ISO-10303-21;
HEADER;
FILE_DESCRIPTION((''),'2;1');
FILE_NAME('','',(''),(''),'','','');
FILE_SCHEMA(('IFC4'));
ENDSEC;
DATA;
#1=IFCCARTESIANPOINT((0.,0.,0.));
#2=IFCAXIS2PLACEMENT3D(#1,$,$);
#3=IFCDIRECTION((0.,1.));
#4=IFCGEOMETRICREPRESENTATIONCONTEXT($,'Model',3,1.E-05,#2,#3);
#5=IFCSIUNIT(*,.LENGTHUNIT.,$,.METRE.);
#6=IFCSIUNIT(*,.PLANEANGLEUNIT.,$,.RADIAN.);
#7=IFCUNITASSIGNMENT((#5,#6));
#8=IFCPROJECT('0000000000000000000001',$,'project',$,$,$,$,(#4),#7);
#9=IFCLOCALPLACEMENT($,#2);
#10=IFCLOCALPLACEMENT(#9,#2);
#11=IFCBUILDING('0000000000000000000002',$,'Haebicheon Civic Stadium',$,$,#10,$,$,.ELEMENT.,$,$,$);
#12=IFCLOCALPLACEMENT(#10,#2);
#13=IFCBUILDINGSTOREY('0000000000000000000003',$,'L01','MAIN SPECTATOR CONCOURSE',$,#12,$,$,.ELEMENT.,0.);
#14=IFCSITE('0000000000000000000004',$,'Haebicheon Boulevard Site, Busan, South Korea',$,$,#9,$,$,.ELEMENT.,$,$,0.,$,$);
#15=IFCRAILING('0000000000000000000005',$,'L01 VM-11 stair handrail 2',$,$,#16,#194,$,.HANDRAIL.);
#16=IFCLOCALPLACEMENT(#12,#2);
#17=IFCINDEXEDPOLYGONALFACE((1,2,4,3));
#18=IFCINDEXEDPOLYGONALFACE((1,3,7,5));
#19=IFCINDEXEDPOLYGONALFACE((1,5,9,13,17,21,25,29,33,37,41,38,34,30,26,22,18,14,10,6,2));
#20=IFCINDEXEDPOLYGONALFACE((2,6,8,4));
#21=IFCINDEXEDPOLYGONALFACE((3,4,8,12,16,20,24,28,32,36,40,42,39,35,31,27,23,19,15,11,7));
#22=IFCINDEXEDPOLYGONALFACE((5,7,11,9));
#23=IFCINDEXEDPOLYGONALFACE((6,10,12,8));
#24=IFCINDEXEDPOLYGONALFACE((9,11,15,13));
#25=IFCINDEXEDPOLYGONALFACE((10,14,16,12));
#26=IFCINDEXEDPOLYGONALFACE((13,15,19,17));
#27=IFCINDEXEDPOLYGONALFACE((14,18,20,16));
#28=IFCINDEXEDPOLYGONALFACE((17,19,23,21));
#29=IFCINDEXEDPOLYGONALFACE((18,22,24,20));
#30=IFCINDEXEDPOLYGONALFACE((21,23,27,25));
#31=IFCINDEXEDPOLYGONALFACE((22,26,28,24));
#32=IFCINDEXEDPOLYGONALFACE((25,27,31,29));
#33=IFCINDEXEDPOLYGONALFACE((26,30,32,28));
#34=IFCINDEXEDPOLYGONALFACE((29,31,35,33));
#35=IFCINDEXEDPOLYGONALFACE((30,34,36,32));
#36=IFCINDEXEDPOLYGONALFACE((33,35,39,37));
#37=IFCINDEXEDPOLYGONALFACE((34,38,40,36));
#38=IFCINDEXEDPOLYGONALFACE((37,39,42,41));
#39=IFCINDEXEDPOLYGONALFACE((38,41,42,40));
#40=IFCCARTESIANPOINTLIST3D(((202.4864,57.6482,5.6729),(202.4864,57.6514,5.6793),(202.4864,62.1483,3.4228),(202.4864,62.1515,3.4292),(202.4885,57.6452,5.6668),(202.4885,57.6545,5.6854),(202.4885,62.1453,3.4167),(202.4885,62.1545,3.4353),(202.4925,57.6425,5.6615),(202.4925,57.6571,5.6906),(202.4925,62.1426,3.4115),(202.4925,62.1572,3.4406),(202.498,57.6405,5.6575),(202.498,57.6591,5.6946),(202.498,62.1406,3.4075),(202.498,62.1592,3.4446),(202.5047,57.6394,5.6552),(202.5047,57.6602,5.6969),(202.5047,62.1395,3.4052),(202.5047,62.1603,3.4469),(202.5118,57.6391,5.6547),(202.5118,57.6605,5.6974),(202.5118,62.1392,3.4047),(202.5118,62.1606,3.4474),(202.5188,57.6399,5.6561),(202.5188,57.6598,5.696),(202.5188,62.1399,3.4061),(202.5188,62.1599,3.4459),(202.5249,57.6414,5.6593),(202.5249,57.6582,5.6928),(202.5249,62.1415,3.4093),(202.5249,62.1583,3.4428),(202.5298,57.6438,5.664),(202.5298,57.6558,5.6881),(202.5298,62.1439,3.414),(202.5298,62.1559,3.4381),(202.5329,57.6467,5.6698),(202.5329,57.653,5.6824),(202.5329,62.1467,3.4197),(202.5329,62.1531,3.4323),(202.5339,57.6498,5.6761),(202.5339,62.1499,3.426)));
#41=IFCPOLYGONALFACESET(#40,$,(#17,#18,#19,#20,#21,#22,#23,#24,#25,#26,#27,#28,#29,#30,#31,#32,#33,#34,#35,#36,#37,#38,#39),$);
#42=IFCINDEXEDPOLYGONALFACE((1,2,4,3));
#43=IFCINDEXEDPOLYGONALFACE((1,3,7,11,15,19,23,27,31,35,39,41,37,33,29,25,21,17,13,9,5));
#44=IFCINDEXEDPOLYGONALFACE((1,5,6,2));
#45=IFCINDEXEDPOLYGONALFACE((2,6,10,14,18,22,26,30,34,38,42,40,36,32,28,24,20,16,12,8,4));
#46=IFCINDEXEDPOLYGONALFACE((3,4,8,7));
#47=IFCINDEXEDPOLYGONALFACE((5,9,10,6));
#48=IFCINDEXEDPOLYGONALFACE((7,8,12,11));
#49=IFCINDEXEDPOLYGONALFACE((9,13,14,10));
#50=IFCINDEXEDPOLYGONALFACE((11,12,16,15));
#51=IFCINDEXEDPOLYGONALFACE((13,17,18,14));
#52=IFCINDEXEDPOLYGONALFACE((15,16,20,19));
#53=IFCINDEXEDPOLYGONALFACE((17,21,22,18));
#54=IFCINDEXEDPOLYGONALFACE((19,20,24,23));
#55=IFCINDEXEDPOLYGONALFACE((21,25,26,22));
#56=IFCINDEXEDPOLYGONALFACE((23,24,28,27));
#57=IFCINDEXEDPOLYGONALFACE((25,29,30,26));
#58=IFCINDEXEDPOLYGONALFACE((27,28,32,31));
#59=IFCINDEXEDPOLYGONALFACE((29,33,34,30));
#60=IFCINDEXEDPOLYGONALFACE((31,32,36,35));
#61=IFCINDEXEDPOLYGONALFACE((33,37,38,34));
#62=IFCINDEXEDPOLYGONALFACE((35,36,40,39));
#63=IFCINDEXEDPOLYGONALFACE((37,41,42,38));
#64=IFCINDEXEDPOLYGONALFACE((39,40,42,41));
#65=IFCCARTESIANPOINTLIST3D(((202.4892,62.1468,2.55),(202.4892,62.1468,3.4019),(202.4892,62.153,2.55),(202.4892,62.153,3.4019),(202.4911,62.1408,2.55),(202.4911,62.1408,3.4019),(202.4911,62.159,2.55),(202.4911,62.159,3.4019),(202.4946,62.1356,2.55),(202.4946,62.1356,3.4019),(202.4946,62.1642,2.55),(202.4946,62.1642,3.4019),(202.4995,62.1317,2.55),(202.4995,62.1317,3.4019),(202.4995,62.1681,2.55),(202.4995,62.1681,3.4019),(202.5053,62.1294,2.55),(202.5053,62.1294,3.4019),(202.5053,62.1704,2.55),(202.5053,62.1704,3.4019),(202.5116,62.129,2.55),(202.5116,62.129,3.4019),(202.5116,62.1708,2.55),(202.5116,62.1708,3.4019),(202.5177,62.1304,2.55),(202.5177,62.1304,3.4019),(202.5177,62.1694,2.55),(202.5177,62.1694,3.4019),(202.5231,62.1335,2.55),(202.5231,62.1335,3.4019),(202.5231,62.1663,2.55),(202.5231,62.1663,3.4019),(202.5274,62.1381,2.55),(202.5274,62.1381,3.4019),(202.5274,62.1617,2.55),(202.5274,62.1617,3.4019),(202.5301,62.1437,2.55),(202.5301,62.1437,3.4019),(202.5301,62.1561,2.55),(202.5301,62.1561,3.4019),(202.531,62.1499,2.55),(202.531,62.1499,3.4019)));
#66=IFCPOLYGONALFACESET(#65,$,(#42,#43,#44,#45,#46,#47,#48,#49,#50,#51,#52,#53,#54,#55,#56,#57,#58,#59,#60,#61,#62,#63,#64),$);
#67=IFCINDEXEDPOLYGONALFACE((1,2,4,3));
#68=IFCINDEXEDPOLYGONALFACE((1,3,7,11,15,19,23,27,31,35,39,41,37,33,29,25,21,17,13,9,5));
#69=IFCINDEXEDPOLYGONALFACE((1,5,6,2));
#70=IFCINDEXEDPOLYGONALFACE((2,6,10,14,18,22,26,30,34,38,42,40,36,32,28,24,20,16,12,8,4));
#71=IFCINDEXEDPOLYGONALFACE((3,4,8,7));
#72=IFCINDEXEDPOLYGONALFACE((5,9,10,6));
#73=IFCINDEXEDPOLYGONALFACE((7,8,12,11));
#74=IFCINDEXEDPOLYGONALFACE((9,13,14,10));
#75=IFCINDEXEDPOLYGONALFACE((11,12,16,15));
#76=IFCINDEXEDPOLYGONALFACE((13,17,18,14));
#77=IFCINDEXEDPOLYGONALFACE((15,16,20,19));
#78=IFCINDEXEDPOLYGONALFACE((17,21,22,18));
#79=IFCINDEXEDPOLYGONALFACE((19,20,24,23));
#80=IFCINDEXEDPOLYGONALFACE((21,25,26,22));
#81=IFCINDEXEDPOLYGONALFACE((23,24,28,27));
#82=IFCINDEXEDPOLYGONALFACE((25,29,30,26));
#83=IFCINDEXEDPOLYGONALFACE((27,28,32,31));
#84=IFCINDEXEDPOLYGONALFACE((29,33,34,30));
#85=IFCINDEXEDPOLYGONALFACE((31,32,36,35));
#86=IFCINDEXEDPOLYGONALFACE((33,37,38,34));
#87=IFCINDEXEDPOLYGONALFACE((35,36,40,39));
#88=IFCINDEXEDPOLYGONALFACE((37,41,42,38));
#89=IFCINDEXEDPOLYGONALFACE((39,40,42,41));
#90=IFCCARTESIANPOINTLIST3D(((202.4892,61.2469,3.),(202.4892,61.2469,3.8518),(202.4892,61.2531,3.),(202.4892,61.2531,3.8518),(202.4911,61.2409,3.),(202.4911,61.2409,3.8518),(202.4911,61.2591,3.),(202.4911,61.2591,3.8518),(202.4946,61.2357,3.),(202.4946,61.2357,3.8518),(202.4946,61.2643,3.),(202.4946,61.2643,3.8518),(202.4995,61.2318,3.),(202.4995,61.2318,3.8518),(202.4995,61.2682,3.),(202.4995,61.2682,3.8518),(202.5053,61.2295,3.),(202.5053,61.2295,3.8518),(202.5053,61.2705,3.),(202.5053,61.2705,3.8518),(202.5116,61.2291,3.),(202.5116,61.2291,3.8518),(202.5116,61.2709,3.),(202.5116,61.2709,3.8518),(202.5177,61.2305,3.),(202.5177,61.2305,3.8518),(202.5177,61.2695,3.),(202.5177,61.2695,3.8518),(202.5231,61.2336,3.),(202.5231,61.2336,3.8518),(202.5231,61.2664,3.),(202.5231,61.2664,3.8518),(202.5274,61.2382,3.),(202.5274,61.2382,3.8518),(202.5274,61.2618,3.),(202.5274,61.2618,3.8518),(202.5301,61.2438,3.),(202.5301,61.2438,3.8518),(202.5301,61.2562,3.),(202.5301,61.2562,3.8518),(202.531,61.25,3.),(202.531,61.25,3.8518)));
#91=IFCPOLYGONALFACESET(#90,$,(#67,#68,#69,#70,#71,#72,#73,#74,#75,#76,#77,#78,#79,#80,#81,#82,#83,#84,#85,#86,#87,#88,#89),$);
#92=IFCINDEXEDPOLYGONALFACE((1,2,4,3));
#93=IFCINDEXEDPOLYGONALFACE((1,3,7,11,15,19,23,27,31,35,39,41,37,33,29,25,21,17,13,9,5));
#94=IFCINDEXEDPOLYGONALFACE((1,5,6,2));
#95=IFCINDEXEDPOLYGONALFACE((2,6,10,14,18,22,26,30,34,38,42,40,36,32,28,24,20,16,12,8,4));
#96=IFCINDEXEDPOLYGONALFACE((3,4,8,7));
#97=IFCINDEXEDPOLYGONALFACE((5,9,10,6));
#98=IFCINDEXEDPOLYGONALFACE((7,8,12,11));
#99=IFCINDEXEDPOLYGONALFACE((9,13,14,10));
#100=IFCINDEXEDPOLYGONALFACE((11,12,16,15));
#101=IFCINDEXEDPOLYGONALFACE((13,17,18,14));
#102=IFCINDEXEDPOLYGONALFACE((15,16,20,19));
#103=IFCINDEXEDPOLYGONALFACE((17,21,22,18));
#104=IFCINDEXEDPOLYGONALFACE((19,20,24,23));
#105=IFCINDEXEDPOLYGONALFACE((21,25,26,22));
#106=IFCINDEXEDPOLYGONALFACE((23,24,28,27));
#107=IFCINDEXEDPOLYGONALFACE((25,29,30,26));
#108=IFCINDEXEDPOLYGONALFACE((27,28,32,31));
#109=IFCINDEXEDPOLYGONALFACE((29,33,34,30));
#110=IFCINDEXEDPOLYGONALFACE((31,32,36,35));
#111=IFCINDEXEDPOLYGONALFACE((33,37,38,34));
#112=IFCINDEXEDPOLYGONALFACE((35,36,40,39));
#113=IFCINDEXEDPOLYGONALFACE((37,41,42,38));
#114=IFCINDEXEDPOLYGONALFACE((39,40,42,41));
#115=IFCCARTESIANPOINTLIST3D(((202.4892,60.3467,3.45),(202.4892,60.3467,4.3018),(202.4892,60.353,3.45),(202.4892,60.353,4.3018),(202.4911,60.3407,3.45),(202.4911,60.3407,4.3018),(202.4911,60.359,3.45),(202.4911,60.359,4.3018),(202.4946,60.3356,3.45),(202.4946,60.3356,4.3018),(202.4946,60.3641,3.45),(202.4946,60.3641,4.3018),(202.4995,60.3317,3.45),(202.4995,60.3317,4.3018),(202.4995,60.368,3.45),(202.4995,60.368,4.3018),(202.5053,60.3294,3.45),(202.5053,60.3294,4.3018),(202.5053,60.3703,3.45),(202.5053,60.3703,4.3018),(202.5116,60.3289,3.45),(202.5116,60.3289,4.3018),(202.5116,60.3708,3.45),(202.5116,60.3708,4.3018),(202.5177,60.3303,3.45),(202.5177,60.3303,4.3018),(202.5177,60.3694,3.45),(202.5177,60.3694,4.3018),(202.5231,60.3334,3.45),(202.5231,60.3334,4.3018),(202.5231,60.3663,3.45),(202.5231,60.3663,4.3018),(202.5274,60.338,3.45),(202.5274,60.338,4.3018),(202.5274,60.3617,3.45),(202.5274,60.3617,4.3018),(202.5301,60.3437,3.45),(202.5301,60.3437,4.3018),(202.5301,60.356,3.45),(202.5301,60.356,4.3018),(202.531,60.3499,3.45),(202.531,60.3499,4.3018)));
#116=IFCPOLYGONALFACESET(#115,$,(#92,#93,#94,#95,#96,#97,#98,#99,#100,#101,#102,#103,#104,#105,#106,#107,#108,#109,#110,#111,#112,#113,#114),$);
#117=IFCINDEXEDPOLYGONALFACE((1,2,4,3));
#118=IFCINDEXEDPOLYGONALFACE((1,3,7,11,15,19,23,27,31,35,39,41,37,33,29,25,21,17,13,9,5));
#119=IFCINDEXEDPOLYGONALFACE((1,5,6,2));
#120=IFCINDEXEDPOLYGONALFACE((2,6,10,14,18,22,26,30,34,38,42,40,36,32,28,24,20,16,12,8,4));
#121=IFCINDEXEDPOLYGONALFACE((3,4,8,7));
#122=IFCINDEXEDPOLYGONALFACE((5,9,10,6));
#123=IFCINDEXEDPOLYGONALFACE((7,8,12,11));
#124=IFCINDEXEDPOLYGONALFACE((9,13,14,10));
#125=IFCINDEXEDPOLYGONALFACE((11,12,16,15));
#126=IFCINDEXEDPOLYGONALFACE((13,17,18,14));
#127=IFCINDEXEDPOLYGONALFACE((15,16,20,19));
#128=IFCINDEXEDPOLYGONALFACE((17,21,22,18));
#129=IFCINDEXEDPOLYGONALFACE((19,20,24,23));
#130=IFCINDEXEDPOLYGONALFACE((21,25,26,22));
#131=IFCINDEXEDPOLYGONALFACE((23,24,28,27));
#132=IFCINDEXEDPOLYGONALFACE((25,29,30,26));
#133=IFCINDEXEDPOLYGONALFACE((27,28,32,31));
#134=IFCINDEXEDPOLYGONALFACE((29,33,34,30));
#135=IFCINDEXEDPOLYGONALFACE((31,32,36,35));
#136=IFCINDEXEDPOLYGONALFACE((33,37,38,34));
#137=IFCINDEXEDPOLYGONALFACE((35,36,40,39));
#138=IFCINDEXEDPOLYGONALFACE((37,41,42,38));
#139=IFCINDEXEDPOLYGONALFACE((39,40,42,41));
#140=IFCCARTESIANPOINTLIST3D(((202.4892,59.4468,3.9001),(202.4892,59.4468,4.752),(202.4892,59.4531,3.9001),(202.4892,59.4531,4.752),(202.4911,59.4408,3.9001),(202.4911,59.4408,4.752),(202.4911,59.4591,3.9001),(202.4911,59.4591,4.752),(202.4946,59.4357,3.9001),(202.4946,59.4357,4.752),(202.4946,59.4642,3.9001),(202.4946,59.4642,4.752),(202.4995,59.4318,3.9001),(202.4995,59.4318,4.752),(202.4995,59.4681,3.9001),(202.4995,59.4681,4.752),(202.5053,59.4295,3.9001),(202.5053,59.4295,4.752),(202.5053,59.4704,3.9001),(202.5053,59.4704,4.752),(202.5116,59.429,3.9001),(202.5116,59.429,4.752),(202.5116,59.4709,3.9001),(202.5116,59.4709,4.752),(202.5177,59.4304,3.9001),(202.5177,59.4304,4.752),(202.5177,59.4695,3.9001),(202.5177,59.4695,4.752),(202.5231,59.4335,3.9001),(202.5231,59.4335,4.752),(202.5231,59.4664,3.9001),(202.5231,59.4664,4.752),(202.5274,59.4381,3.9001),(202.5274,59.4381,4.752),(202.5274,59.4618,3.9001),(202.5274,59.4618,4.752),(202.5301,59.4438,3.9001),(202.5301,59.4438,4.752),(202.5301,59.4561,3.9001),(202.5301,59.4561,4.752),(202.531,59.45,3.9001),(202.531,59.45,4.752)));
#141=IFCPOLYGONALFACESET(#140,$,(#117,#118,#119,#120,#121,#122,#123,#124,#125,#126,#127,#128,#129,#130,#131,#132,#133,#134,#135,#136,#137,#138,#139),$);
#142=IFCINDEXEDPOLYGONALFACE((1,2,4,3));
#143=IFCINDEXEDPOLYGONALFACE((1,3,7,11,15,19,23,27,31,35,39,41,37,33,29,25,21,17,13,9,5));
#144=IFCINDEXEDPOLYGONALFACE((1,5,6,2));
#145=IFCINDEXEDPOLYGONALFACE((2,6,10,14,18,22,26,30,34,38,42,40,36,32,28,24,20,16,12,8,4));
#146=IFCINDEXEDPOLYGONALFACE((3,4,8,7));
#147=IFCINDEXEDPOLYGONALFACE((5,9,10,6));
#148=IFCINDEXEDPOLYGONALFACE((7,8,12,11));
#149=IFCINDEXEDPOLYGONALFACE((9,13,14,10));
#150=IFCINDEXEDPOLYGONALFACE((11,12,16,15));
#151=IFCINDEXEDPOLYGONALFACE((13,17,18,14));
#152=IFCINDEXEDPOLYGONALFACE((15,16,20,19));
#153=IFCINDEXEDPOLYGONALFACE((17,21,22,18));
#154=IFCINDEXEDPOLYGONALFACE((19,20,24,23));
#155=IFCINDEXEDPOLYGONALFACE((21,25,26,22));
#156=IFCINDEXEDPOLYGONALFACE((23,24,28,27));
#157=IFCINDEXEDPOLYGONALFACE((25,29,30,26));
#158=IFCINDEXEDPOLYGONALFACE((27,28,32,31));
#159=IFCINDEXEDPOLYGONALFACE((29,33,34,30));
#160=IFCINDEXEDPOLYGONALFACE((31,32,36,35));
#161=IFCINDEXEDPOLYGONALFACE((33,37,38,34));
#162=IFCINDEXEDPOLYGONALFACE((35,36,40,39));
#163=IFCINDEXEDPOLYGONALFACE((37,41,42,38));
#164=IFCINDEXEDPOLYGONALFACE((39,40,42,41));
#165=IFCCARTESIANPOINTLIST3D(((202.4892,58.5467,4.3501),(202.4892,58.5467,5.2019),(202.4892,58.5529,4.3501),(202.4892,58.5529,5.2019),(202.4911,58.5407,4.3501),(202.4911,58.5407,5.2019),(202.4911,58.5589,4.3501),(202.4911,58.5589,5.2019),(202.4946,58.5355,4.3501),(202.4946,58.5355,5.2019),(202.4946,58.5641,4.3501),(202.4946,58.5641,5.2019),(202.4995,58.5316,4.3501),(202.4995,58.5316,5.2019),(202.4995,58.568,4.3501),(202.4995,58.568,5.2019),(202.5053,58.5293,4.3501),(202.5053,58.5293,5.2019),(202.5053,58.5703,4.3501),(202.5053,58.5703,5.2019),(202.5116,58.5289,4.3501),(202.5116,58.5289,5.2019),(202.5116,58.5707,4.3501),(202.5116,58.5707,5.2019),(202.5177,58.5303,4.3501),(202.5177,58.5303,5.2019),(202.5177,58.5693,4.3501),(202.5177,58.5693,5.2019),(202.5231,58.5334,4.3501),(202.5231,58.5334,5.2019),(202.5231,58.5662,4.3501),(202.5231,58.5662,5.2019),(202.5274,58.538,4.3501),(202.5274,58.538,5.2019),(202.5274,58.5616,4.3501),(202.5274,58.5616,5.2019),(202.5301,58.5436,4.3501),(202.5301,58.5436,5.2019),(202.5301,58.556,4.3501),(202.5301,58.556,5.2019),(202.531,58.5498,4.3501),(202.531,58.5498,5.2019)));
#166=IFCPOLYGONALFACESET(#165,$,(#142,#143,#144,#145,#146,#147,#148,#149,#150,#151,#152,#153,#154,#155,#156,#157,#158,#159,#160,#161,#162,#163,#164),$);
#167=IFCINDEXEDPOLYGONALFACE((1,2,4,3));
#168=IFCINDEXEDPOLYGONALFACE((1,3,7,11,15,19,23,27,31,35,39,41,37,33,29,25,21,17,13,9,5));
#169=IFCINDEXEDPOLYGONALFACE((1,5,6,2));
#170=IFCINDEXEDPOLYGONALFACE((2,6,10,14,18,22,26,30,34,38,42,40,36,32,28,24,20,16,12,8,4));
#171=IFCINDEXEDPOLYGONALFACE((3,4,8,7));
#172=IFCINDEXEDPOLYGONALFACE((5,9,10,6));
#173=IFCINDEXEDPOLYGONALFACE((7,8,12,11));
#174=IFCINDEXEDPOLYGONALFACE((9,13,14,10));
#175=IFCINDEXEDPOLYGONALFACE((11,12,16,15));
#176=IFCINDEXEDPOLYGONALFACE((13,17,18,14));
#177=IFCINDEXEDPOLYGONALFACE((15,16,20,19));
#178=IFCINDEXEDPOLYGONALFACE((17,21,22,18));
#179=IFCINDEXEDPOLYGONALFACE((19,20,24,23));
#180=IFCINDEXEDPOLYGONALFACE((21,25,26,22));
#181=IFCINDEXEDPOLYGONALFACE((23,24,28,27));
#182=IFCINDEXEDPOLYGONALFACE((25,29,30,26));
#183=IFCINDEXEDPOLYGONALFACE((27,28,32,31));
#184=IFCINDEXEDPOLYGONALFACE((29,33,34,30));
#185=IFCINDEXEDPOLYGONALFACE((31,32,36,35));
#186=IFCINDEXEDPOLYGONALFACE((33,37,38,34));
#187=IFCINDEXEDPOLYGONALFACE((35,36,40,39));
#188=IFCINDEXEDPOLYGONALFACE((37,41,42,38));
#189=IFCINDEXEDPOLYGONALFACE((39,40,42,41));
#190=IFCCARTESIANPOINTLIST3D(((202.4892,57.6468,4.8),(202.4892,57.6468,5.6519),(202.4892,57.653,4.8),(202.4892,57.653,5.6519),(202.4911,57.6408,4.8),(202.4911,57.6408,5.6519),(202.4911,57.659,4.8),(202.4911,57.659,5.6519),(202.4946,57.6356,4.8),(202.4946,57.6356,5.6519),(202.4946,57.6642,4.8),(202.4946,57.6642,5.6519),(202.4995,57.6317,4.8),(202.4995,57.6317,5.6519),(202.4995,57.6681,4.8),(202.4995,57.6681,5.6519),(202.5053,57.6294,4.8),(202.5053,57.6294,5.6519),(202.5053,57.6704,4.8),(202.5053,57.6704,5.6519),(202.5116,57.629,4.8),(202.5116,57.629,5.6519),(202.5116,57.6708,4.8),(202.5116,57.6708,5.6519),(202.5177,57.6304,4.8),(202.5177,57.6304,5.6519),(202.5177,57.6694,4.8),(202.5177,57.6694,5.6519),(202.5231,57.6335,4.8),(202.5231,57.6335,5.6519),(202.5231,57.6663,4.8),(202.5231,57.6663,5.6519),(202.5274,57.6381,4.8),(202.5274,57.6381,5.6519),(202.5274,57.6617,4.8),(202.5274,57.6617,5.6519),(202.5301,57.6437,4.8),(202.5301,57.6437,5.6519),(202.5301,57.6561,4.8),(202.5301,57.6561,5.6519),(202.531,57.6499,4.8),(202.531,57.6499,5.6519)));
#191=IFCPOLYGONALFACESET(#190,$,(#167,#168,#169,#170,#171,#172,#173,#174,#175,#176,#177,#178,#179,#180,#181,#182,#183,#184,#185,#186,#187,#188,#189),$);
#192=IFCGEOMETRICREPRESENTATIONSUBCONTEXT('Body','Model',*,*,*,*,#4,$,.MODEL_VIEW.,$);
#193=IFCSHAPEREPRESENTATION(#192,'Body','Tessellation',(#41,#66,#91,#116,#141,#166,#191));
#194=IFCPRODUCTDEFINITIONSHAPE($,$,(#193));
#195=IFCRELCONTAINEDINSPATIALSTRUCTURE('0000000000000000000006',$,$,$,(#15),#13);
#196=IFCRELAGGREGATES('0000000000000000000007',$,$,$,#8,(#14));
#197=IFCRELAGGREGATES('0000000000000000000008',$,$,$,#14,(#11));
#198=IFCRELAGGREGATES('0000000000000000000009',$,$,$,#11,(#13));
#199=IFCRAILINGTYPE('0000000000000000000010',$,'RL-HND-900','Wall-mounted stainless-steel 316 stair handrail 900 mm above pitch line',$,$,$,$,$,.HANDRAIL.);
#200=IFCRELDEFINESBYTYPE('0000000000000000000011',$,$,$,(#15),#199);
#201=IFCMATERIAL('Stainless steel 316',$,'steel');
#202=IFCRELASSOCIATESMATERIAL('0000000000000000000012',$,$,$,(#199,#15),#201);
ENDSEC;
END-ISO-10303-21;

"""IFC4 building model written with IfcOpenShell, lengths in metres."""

from ifc_helpers import new_model, si_unit, direction, frame, origin, origin_2d, place, context, subcontext, project, spatial, circle, extrude, material, type_object, element, save


model = new_model("IFC4")

# Units and contexts
model_context = context("Model", 3, precision=1e-05, world=origin(), true_north=direction((0.0, 1.0)))
body_context = subcontext(model_context, "Body", "Model", "MODEL_VIEW")
ifc_project = project(units=[si_unit("LENGTHUNIT", "METRE"), si_unit("PLANEANGLEUNIT", "RADIAN")], contexts=[model_context])

# Site, building, storey
site_placement = place(None, origin())
site = spatial("IfcSite", under=ifc_project, at=site_placement, Name="Haebicheon Boulevard Site, Busan, South Korea", CompositionType="ELEMENT", RefElevation=0.0)
building_placement = place(site_placement, origin())
building = spatial("IfcBuilding", under=site, at=building_placement, Name="Haebicheon Civic Stadium", CompositionType="ELEMENT")
storey_placement = place(building_placement, origin())
storey = spatial("IfcBuildingStorey", under=building, at=storey_placement, Name="L01", Description="MAIN SPECTATOR CONCOURSE", CompositionType="ELEMENT", Elevation=0.0)

# Railing
ifc_material_1 = material(Name="Stainless steel 316", Category="steel")
railing_type_1 = type_object("IfcRailingType", Name="RL-HND-900", Description="Wall-mounted stainless-steel 316 stair handrail 900 mm above pitch line", PredefinedType="HANDRAIL", material=ifc_material_1)
railing_1_placement = place(storey_placement, frame((202.51, 62.1499, 2.55)))
element("IfcRailing", 1, at=railing_1_placement, inside=storey, type_object=railing_type_1, material=ifc_material_1, Name="L01 VM-11 stair handrail 2", PredefinedType="HANDRAIL", context=body_context, shape_type="SweptSolid", body=[
    extrude(circle(Radius=0.0239, at=origin_2d()), frame((0.0, 0.0, 0.876), z_axis=(0.0, -0.894427, 0.447214), x_axis=(1.0, 0.0, 0.0)), (0.0, 0.0, 1.0), 5.0312),
    extrude(circle(Radius=0.021, at=origin_2d()), origin(), (0.0, 0.0, 1.0), 0.8518),
    extrude(circle(Radius=0.021, at=origin_2d()), frame((0.0, -0.8999, 0.45)), (0.0, 0.0, 1.0), 0.8518),
    extrude(circle(Radius=0.021, at=origin_2d()), frame((0.0, -1.8, 0.8999)), (0.0, 0.0, 1.0), 0.8518),
    extrude(circle(Radius=0.021, at=origin_2d()), frame((0.0, -2.7, 1.3501)), (0.0, 0.0, 1.0), 0.8518),
    extrude(circle(Radius=0.021, at=origin_2d()), frame((0.0, -3.6001, 1.8)), (0.0, 0.0, 1.0), 0.8518),
    extrude(circle(Radius=0.021, at=origin_2d()), frame((0.0, -4.5, 2.25)), (0.0, 0.0, 1.0), 0.8518),
])

save(model, "model.ifc")
